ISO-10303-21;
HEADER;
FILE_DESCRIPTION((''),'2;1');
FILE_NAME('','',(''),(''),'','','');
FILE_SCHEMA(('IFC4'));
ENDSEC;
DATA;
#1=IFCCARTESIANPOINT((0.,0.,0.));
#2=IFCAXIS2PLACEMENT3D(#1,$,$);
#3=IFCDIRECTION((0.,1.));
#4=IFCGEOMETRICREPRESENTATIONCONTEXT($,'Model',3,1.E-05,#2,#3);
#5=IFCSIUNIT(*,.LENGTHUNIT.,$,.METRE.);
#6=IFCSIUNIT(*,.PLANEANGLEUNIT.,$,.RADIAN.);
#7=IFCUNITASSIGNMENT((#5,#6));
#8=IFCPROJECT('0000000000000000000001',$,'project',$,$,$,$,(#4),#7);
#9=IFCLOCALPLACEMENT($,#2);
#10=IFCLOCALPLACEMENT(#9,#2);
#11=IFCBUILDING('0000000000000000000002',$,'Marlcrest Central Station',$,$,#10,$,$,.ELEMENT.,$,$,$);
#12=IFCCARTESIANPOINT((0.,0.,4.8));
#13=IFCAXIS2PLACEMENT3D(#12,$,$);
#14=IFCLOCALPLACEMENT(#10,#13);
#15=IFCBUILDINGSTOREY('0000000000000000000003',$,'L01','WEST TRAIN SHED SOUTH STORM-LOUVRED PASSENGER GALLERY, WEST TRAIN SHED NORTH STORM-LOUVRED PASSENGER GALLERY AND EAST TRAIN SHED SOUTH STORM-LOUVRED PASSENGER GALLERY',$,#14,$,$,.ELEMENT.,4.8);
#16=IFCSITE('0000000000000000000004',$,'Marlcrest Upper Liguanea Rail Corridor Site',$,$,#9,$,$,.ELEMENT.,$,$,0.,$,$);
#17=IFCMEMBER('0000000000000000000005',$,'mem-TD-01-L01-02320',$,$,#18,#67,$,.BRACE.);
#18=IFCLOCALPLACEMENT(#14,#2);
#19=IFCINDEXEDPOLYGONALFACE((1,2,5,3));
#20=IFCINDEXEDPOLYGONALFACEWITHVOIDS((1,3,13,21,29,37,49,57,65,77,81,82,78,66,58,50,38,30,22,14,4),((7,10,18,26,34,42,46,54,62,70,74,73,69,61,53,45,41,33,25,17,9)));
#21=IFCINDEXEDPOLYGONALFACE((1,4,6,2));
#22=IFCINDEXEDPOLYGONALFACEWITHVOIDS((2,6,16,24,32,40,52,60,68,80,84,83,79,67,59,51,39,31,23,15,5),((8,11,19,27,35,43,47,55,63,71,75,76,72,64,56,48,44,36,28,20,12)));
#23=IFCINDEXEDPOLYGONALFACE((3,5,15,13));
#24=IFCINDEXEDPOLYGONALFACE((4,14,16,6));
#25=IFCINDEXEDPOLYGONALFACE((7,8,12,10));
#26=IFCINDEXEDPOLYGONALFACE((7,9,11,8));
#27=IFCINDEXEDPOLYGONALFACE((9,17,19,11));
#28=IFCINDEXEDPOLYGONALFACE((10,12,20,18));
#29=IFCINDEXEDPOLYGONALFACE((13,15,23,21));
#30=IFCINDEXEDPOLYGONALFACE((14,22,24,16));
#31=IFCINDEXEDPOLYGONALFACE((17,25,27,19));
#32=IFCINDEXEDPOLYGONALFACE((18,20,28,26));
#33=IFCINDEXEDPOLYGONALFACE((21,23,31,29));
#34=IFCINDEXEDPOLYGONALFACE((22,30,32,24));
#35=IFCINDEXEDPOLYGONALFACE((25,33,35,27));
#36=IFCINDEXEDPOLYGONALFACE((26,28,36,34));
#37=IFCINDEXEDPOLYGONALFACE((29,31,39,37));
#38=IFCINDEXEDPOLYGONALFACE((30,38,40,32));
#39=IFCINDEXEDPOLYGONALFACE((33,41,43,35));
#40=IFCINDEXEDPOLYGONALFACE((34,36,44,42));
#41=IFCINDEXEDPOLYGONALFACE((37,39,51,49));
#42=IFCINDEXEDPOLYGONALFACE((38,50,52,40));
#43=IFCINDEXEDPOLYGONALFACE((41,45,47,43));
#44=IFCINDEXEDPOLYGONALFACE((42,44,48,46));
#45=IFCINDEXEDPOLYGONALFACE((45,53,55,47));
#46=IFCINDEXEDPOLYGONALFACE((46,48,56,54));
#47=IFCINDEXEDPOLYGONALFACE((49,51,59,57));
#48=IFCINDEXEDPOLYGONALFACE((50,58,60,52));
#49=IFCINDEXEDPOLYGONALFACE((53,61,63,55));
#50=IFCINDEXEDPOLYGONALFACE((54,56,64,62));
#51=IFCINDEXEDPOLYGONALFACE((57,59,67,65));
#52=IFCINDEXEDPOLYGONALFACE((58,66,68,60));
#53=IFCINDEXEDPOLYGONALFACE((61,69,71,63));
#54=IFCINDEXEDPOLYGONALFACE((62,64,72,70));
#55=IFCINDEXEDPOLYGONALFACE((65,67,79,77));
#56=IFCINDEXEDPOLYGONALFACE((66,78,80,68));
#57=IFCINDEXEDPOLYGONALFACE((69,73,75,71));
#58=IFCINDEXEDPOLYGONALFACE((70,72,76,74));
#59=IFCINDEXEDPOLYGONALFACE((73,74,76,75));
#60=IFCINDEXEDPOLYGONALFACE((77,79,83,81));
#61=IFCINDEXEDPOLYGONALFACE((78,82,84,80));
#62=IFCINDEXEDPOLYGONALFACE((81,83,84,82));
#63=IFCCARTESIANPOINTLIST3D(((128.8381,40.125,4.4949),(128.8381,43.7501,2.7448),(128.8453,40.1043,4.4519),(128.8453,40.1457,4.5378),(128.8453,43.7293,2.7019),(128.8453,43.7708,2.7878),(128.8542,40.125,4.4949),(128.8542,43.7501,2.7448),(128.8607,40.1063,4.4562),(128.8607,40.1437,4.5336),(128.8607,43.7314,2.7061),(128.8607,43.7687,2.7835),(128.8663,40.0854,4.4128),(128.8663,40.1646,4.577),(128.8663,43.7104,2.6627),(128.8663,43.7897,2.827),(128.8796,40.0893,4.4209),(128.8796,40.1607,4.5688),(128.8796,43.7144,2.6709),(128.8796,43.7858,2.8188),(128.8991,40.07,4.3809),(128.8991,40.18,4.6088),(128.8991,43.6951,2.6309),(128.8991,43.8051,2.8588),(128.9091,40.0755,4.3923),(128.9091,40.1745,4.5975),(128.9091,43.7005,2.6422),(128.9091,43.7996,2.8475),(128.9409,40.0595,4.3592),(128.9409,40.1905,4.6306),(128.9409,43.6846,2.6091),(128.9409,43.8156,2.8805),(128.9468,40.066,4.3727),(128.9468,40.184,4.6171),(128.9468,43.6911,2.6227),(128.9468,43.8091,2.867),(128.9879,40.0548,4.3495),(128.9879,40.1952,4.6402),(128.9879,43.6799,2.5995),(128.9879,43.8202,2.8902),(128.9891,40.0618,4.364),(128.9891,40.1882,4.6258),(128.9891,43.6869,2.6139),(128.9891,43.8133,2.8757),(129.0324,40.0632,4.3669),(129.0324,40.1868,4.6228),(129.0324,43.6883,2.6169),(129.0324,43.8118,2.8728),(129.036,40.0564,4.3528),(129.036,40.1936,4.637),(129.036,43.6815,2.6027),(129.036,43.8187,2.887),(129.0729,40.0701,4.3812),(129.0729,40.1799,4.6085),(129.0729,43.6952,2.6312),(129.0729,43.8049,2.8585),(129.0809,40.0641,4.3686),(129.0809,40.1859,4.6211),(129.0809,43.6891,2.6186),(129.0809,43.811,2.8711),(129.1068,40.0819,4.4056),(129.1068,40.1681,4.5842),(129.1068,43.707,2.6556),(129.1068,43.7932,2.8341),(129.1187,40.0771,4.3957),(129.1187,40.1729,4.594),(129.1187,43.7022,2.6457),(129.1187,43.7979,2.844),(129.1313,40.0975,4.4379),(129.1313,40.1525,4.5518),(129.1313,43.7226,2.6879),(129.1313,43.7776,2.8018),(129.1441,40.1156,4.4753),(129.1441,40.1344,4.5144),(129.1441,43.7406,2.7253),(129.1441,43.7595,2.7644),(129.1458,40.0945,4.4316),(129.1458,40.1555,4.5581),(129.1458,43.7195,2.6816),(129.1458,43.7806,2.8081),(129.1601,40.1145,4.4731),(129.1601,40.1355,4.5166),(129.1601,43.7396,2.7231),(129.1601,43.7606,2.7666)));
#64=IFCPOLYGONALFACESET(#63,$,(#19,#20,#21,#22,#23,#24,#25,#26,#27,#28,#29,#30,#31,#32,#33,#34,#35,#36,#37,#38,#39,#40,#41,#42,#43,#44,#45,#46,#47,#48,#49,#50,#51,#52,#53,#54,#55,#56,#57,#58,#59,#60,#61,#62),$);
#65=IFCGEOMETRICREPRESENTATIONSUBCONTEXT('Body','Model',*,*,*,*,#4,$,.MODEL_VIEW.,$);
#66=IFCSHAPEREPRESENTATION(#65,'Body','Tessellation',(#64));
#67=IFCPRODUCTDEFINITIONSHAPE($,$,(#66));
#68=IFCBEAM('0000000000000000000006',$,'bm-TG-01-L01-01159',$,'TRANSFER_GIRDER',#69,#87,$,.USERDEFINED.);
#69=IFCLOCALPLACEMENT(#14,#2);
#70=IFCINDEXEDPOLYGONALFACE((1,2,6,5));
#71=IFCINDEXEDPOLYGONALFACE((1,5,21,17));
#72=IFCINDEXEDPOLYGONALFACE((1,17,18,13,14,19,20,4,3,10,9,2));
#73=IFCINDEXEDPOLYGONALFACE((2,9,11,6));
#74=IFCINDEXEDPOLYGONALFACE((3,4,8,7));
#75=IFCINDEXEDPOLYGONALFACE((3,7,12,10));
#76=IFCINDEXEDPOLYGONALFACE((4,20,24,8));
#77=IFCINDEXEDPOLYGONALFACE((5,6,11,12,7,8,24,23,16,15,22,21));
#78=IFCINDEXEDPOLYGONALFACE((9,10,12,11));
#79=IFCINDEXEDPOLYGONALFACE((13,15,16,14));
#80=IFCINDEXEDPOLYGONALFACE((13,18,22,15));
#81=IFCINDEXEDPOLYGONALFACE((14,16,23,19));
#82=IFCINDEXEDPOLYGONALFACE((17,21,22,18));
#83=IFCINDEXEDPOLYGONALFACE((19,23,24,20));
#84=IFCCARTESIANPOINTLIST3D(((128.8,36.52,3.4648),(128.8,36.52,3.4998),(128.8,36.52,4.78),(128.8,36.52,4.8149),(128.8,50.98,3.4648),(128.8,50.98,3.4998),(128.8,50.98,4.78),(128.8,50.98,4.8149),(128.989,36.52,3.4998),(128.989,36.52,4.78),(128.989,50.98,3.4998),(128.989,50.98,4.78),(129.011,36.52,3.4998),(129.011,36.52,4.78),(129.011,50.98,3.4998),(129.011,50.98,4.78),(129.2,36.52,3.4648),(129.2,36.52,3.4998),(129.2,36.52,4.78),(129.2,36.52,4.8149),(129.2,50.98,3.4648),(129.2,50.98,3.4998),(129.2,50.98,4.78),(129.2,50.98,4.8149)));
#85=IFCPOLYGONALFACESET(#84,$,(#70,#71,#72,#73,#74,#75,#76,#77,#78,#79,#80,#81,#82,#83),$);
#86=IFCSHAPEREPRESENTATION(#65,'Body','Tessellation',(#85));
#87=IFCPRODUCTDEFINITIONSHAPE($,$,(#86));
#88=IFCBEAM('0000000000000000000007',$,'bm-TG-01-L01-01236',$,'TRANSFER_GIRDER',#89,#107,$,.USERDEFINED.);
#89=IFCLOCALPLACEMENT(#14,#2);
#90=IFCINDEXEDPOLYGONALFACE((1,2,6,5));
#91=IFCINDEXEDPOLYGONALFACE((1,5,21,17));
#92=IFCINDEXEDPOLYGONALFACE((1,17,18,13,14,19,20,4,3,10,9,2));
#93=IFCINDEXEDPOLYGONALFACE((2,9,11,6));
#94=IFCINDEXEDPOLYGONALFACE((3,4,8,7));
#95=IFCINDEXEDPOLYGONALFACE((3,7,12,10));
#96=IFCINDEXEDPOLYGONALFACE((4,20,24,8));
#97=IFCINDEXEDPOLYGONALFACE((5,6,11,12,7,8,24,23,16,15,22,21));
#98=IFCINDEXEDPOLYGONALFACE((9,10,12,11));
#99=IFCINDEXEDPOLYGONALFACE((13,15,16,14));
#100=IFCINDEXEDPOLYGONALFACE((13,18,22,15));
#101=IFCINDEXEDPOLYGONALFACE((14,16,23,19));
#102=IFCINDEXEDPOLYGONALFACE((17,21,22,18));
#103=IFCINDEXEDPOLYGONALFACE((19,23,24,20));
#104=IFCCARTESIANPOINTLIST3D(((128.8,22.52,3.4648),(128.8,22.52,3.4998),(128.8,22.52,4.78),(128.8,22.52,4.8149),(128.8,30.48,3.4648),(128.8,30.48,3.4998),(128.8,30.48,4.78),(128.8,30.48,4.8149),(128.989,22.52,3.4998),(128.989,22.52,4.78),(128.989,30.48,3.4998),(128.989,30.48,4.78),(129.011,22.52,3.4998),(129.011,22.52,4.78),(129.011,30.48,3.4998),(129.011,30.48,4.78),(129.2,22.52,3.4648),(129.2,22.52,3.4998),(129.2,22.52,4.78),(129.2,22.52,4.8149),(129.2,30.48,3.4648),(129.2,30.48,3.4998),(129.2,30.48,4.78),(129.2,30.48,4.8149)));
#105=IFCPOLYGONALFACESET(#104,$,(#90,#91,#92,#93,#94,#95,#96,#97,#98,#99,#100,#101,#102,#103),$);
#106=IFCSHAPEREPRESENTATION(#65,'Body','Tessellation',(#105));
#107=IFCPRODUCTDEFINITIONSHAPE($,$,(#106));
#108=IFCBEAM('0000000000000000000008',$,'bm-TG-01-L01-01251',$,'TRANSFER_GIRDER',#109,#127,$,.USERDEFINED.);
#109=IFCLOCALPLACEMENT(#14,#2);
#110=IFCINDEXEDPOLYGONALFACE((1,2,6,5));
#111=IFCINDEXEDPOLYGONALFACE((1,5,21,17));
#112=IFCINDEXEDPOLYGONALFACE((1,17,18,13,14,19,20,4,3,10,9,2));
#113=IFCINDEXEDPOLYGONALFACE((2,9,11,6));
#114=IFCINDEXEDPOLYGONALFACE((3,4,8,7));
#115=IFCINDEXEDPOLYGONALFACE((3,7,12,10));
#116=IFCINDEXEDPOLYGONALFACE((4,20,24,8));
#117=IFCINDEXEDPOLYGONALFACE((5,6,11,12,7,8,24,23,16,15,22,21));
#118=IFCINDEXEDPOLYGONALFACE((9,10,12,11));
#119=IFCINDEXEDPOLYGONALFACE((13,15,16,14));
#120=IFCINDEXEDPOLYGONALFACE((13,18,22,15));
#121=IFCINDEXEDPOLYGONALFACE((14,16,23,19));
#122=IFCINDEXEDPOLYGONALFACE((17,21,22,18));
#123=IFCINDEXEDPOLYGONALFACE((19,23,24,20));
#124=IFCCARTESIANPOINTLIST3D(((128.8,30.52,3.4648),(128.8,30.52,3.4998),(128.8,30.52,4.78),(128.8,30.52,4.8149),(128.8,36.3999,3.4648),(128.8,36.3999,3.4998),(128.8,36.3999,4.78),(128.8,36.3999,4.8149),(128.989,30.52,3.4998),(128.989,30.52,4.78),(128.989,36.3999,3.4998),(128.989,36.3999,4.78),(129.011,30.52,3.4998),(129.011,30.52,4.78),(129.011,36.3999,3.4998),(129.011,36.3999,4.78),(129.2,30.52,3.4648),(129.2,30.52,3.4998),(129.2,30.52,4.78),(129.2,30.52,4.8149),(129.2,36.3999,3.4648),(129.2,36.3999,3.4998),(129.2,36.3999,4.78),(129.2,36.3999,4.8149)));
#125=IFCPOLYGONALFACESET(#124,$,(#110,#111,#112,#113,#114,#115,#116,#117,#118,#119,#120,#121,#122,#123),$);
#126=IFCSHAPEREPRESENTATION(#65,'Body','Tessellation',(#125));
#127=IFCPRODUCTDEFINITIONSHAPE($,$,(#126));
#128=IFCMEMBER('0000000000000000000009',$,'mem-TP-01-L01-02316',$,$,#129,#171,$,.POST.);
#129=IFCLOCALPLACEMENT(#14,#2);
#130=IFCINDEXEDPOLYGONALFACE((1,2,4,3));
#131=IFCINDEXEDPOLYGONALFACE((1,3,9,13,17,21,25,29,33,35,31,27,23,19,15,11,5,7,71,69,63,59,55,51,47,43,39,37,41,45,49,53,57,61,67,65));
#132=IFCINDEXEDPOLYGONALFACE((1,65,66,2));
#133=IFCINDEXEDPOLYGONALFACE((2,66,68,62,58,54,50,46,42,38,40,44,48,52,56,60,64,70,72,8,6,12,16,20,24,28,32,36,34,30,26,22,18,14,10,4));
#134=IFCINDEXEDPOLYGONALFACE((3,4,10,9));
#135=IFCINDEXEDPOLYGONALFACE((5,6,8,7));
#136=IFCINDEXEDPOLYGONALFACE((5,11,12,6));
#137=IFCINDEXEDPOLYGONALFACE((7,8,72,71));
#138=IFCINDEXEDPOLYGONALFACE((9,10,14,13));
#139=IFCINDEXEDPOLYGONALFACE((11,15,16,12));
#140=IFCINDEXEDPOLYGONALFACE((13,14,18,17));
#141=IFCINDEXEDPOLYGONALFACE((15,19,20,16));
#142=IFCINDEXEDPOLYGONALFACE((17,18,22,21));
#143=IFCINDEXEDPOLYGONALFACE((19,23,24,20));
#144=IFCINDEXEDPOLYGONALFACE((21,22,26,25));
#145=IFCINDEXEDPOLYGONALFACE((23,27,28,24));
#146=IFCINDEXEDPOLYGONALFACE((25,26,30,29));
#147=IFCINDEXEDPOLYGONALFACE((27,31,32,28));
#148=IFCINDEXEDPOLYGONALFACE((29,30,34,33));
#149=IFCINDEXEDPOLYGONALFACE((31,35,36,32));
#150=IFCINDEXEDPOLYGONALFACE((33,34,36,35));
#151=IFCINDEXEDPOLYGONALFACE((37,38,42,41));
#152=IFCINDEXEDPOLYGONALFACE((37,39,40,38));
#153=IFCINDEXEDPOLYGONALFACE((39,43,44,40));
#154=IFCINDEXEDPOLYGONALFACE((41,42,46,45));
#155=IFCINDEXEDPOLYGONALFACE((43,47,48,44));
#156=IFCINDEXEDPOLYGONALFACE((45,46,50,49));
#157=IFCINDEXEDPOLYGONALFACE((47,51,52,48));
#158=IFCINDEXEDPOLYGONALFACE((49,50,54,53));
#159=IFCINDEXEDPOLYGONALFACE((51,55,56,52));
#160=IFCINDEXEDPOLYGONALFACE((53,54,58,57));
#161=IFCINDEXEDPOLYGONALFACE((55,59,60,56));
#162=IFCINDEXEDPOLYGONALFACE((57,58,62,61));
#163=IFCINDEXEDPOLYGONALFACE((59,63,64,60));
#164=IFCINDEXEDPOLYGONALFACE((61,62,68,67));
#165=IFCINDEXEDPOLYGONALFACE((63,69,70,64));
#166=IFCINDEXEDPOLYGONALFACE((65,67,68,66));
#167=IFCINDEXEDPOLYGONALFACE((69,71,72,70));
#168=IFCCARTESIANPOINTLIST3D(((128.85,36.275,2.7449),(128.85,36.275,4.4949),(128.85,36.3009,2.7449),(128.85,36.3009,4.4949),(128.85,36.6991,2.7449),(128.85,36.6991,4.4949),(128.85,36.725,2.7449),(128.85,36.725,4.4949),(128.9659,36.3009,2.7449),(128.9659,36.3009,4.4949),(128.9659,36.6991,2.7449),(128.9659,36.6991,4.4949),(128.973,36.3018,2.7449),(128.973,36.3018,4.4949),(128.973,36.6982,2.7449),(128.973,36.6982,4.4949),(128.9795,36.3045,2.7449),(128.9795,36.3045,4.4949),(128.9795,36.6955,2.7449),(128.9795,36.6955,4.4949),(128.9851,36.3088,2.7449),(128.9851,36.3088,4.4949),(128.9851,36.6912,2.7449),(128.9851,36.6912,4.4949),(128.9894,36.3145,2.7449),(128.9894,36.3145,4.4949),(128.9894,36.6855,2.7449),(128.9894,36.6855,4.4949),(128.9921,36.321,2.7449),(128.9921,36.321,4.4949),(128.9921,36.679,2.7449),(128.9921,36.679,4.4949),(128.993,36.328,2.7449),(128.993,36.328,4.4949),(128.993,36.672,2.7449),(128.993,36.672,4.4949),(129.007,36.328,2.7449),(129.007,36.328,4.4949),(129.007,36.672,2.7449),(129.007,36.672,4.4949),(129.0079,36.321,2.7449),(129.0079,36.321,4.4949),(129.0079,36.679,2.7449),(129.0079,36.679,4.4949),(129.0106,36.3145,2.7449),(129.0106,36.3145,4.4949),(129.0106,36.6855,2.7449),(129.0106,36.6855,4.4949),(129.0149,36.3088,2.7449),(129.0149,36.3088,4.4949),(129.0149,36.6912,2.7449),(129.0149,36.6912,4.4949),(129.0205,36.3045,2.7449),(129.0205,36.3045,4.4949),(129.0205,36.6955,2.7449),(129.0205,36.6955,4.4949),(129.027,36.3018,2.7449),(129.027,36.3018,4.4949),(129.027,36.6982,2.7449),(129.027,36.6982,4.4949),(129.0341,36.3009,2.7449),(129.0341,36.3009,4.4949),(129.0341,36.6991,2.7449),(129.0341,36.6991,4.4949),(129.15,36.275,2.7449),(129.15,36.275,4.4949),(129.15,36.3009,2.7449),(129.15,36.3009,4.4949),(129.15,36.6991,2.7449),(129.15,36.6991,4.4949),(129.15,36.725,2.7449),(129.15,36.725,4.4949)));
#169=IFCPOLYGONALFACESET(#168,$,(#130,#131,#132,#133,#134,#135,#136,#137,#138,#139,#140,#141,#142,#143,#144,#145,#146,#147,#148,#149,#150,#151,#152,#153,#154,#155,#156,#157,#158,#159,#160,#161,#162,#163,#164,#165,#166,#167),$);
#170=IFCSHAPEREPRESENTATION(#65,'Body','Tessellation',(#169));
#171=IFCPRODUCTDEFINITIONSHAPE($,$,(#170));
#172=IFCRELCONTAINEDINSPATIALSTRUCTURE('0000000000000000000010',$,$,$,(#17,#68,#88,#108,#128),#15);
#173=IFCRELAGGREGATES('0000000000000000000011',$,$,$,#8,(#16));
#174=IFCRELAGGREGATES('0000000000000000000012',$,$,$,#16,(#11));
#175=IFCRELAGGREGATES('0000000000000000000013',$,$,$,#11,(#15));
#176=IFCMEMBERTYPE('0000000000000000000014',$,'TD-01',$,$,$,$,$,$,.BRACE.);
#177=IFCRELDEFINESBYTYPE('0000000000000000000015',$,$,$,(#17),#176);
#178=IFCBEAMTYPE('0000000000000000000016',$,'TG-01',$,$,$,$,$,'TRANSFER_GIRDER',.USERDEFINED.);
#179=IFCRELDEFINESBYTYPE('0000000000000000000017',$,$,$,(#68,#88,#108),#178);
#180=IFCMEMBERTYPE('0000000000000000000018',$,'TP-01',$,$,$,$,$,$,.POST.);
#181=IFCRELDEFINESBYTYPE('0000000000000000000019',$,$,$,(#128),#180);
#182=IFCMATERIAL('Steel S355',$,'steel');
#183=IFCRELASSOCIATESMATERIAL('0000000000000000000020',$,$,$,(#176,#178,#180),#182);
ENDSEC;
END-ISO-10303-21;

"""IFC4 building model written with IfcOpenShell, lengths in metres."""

from ifc_helpers import new_model, si_unit, direction, frame, origin, origin_2d, place, context, subcontext, project, spatial, hollow_circle, i_section, extrude, material, material_profile, profile_set, type_object, element, save


model = new_model("IFC4")

# Units and contexts
model_context = context("Model", 3, precision=1e-05, world=origin(), true_north=direction((0.0, 1.0)))
body_context = subcontext(model_context, "Body", "Model", "MODEL_VIEW")
ifc_project = project(units=[si_unit("LENGTHUNIT", "METRE"), si_unit("PLANEANGLEUNIT", "RADIAN")], contexts=[model_context])

# Site, building, storey
site_placement = place(None, origin())
site = spatial("IfcSite", under=ifc_project, at=site_placement, Name="Marlcrest Upper Liguanea Rail Corridor Site", CompositionType="ELEMENT", RefElevation=0.0)
building_placement = place(site_placement, origin())
building = spatial("IfcBuilding", under=site, at=building_placement, Name="Marlcrest Central Station", CompositionType="ELEMENT")
storey_placement = place(building_placement, frame((0.0, 0.0, 4.8)))
storey = spatial("IfcBuildingStorey", under=building, at=storey_placement, Name="L01", Description="WEST TRAIN SHED SOUTH STORM-LOUVRED PASSENGER GALLERY, WEST TRAIN SHED NORTH STORM-LOUVRED PASSENGER GALLERY AND EAST TRAIN SHED SOUTH STORM-LOUVRED PASSENGER GALLERY", CompositionType="ELEMENT", Elevation=4.8)

# Shared definitions
ifc_material_1 = material(Name="Steel S355", Category="steel")

# Member
ifc_material_profile_1 = material_profile(ifc_material_1, hollow_circle(Radius=0.1619, WallThickness=0.0161, at=origin_2d()), Name="CHS 323.9x16")
ifc_profile_set_1 = profile_set([ifc_material_profile_1], Name="Steel S355")
member_type_1 = type_object("IfcMemberType", Name="TD-01", PredefinedType="BRACE", material=ifc_profile_set_1)
for number, where, z_axis, x_axis, name in (
    (1, (129.0, 40.125, 4.4949), (0.0, 0.900552, -0.434749), (-1.0, 0.0, 0.0), "mem-TD-01-L01-02320"),
):
    element("IfcMember", number, at=place(storey_placement, frame(where, z_axis=z_axis, x_axis=x_axis)), inside=storey, type_object=member_type_1, Name=name, PredefinedType="BRACE", context=body_context, shape_type="SweptSolid", body=[
        extrude(hollow_circle(Radius=0.1619, WallThickness=0.0161, at=origin_2d()), origin(), (0.0, 0.0, 1.0), 4.0254),
    ])

# Beams
ifc_material_profile_2 = material_profile(ifc_material_1, i_section(OverallWidth=0.3999, OverallDepth=1.3501, WebThickness=0.022, FlangeThickness=0.0349, at=origin_2d()), Name="PG 1350x400")
ifc_profile_set_2 = profile_set([ifc_material_profile_2], Name="Steel S355")
beam_type_1 = type_object("IfcBeamType", Name="TG-01", ElementType="TRANSFER_GIRDER", PredefinedType="USERDEFINED", material=ifc_profile_set_2)
beam_1_placement = place(storey_placement, frame((129.0, 36.52, 4.1399), z_axis=(0.0, 1.0, 0.0), x_axis=(-1.0, 0.0, 0.0)))
element("IfcBeam", 2, at=beam_1_placement, inside=storey, type_object=beam_type_1, Name="bm-TG-01-L01-01159", ObjectType="TRANSFER_GIRDER", PredefinedType="USERDEFINED", context=body_context, shape_type="SweptSolid", body=[
    extrude(i_section(OverallWidth=0.3999, OverallDepth=1.3501, WebThickness=0.022, FlangeThickness=0.0349, at=origin_2d()), origin(), (0.0, 0.0, 1.0), 14.46),
])
beam_2_placement = place(storey_placement, frame((129.0, 22.52, 4.1399), z_axis=(0.0, 1.0, 0.0), x_axis=(-1.0, 0.0, 0.0)))
element("IfcBeam", 3, at=beam_2_placement, inside=storey, type_object=beam_type_1, Name="bm-TG-01-L01-01236", ObjectType="TRANSFER_GIRDER", PredefinedType="USERDEFINED", context=body_context, shape_type="SweptSolid", body=[
    extrude(i_section(OverallWidth=0.3999, OverallDepth=1.3501, WebThickness=0.022, FlangeThickness=0.0349, at=origin_2d()), origin(), (0.0, 0.0, 1.0), 7.96),
])
beam_3_placement = place(storey_placement, frame((129.0, 30.52, 4.1399), z_axis=(0.0, 1.0, 0.0), x_axis=(-1.0, 0.0, 0.0)))
element("IfcBeam", 4, at=beam_3_placement, inside=storey, type_object=beam_type_1, Name="bm-TG-01-L01-01251", ObjectType="TRANSFER_GIRDER", PredefinedType="USERDEFINED", context=body_context, shape_type="SweptSolid", body=[
    extrude(i_section(OverallWidth=0.3999, OverallDepth=1.3501, WebThickness=0.022, FlangeThickness=0.0349, at=origin_2d()), origin(), (0.0, 0.0, 1.0), 5.8799),
])

# Member
ifc_material_profile_3 = material_profile(ifc_material_1, i_section(OverallWidth=0.3, OverallDepth=0.45, WebThickness=0.0139, FlangeThickness=0.0259, FilletRadius=0.0271, at=origin_2d()), Name="HEB 450")
ifc_profile_set_3 = profile_set([ifc_material_profile_3], Name="Steel S355")
member_type_2 = type_object("IfcMemberType", Name="TP-01", PredefinedType="POST", material=ifc_profile_set_3)
for number, where, z_axis, x_axis, name in (
    (5, (129.0, 36.5, 2.7449), (0.0, 0.0, 1.0), (1.0, 0.0, 0.0), "mem-TP-01-L01-02316"),
):
    element("IfcMember", number, at=place(storey_placement, frame(where, z_axis=z_axis, x_axis=x_axis)), inside=storey, type_object=member_type_2, Name=name, PredefinedType="POST", context=body_context, shape_type="SweptSolid", body=[
        extrude(i_section(OverallWidth=0.3, OverallDepth=0.45, WebThickness=0.0139, FlangeThickness=0.0259, FilletRadius=0.0271, at=origin_2d()), origin(), (0.0, 0.0, 1.0), 1.75),
    ])

save(model, "model.ifc")
